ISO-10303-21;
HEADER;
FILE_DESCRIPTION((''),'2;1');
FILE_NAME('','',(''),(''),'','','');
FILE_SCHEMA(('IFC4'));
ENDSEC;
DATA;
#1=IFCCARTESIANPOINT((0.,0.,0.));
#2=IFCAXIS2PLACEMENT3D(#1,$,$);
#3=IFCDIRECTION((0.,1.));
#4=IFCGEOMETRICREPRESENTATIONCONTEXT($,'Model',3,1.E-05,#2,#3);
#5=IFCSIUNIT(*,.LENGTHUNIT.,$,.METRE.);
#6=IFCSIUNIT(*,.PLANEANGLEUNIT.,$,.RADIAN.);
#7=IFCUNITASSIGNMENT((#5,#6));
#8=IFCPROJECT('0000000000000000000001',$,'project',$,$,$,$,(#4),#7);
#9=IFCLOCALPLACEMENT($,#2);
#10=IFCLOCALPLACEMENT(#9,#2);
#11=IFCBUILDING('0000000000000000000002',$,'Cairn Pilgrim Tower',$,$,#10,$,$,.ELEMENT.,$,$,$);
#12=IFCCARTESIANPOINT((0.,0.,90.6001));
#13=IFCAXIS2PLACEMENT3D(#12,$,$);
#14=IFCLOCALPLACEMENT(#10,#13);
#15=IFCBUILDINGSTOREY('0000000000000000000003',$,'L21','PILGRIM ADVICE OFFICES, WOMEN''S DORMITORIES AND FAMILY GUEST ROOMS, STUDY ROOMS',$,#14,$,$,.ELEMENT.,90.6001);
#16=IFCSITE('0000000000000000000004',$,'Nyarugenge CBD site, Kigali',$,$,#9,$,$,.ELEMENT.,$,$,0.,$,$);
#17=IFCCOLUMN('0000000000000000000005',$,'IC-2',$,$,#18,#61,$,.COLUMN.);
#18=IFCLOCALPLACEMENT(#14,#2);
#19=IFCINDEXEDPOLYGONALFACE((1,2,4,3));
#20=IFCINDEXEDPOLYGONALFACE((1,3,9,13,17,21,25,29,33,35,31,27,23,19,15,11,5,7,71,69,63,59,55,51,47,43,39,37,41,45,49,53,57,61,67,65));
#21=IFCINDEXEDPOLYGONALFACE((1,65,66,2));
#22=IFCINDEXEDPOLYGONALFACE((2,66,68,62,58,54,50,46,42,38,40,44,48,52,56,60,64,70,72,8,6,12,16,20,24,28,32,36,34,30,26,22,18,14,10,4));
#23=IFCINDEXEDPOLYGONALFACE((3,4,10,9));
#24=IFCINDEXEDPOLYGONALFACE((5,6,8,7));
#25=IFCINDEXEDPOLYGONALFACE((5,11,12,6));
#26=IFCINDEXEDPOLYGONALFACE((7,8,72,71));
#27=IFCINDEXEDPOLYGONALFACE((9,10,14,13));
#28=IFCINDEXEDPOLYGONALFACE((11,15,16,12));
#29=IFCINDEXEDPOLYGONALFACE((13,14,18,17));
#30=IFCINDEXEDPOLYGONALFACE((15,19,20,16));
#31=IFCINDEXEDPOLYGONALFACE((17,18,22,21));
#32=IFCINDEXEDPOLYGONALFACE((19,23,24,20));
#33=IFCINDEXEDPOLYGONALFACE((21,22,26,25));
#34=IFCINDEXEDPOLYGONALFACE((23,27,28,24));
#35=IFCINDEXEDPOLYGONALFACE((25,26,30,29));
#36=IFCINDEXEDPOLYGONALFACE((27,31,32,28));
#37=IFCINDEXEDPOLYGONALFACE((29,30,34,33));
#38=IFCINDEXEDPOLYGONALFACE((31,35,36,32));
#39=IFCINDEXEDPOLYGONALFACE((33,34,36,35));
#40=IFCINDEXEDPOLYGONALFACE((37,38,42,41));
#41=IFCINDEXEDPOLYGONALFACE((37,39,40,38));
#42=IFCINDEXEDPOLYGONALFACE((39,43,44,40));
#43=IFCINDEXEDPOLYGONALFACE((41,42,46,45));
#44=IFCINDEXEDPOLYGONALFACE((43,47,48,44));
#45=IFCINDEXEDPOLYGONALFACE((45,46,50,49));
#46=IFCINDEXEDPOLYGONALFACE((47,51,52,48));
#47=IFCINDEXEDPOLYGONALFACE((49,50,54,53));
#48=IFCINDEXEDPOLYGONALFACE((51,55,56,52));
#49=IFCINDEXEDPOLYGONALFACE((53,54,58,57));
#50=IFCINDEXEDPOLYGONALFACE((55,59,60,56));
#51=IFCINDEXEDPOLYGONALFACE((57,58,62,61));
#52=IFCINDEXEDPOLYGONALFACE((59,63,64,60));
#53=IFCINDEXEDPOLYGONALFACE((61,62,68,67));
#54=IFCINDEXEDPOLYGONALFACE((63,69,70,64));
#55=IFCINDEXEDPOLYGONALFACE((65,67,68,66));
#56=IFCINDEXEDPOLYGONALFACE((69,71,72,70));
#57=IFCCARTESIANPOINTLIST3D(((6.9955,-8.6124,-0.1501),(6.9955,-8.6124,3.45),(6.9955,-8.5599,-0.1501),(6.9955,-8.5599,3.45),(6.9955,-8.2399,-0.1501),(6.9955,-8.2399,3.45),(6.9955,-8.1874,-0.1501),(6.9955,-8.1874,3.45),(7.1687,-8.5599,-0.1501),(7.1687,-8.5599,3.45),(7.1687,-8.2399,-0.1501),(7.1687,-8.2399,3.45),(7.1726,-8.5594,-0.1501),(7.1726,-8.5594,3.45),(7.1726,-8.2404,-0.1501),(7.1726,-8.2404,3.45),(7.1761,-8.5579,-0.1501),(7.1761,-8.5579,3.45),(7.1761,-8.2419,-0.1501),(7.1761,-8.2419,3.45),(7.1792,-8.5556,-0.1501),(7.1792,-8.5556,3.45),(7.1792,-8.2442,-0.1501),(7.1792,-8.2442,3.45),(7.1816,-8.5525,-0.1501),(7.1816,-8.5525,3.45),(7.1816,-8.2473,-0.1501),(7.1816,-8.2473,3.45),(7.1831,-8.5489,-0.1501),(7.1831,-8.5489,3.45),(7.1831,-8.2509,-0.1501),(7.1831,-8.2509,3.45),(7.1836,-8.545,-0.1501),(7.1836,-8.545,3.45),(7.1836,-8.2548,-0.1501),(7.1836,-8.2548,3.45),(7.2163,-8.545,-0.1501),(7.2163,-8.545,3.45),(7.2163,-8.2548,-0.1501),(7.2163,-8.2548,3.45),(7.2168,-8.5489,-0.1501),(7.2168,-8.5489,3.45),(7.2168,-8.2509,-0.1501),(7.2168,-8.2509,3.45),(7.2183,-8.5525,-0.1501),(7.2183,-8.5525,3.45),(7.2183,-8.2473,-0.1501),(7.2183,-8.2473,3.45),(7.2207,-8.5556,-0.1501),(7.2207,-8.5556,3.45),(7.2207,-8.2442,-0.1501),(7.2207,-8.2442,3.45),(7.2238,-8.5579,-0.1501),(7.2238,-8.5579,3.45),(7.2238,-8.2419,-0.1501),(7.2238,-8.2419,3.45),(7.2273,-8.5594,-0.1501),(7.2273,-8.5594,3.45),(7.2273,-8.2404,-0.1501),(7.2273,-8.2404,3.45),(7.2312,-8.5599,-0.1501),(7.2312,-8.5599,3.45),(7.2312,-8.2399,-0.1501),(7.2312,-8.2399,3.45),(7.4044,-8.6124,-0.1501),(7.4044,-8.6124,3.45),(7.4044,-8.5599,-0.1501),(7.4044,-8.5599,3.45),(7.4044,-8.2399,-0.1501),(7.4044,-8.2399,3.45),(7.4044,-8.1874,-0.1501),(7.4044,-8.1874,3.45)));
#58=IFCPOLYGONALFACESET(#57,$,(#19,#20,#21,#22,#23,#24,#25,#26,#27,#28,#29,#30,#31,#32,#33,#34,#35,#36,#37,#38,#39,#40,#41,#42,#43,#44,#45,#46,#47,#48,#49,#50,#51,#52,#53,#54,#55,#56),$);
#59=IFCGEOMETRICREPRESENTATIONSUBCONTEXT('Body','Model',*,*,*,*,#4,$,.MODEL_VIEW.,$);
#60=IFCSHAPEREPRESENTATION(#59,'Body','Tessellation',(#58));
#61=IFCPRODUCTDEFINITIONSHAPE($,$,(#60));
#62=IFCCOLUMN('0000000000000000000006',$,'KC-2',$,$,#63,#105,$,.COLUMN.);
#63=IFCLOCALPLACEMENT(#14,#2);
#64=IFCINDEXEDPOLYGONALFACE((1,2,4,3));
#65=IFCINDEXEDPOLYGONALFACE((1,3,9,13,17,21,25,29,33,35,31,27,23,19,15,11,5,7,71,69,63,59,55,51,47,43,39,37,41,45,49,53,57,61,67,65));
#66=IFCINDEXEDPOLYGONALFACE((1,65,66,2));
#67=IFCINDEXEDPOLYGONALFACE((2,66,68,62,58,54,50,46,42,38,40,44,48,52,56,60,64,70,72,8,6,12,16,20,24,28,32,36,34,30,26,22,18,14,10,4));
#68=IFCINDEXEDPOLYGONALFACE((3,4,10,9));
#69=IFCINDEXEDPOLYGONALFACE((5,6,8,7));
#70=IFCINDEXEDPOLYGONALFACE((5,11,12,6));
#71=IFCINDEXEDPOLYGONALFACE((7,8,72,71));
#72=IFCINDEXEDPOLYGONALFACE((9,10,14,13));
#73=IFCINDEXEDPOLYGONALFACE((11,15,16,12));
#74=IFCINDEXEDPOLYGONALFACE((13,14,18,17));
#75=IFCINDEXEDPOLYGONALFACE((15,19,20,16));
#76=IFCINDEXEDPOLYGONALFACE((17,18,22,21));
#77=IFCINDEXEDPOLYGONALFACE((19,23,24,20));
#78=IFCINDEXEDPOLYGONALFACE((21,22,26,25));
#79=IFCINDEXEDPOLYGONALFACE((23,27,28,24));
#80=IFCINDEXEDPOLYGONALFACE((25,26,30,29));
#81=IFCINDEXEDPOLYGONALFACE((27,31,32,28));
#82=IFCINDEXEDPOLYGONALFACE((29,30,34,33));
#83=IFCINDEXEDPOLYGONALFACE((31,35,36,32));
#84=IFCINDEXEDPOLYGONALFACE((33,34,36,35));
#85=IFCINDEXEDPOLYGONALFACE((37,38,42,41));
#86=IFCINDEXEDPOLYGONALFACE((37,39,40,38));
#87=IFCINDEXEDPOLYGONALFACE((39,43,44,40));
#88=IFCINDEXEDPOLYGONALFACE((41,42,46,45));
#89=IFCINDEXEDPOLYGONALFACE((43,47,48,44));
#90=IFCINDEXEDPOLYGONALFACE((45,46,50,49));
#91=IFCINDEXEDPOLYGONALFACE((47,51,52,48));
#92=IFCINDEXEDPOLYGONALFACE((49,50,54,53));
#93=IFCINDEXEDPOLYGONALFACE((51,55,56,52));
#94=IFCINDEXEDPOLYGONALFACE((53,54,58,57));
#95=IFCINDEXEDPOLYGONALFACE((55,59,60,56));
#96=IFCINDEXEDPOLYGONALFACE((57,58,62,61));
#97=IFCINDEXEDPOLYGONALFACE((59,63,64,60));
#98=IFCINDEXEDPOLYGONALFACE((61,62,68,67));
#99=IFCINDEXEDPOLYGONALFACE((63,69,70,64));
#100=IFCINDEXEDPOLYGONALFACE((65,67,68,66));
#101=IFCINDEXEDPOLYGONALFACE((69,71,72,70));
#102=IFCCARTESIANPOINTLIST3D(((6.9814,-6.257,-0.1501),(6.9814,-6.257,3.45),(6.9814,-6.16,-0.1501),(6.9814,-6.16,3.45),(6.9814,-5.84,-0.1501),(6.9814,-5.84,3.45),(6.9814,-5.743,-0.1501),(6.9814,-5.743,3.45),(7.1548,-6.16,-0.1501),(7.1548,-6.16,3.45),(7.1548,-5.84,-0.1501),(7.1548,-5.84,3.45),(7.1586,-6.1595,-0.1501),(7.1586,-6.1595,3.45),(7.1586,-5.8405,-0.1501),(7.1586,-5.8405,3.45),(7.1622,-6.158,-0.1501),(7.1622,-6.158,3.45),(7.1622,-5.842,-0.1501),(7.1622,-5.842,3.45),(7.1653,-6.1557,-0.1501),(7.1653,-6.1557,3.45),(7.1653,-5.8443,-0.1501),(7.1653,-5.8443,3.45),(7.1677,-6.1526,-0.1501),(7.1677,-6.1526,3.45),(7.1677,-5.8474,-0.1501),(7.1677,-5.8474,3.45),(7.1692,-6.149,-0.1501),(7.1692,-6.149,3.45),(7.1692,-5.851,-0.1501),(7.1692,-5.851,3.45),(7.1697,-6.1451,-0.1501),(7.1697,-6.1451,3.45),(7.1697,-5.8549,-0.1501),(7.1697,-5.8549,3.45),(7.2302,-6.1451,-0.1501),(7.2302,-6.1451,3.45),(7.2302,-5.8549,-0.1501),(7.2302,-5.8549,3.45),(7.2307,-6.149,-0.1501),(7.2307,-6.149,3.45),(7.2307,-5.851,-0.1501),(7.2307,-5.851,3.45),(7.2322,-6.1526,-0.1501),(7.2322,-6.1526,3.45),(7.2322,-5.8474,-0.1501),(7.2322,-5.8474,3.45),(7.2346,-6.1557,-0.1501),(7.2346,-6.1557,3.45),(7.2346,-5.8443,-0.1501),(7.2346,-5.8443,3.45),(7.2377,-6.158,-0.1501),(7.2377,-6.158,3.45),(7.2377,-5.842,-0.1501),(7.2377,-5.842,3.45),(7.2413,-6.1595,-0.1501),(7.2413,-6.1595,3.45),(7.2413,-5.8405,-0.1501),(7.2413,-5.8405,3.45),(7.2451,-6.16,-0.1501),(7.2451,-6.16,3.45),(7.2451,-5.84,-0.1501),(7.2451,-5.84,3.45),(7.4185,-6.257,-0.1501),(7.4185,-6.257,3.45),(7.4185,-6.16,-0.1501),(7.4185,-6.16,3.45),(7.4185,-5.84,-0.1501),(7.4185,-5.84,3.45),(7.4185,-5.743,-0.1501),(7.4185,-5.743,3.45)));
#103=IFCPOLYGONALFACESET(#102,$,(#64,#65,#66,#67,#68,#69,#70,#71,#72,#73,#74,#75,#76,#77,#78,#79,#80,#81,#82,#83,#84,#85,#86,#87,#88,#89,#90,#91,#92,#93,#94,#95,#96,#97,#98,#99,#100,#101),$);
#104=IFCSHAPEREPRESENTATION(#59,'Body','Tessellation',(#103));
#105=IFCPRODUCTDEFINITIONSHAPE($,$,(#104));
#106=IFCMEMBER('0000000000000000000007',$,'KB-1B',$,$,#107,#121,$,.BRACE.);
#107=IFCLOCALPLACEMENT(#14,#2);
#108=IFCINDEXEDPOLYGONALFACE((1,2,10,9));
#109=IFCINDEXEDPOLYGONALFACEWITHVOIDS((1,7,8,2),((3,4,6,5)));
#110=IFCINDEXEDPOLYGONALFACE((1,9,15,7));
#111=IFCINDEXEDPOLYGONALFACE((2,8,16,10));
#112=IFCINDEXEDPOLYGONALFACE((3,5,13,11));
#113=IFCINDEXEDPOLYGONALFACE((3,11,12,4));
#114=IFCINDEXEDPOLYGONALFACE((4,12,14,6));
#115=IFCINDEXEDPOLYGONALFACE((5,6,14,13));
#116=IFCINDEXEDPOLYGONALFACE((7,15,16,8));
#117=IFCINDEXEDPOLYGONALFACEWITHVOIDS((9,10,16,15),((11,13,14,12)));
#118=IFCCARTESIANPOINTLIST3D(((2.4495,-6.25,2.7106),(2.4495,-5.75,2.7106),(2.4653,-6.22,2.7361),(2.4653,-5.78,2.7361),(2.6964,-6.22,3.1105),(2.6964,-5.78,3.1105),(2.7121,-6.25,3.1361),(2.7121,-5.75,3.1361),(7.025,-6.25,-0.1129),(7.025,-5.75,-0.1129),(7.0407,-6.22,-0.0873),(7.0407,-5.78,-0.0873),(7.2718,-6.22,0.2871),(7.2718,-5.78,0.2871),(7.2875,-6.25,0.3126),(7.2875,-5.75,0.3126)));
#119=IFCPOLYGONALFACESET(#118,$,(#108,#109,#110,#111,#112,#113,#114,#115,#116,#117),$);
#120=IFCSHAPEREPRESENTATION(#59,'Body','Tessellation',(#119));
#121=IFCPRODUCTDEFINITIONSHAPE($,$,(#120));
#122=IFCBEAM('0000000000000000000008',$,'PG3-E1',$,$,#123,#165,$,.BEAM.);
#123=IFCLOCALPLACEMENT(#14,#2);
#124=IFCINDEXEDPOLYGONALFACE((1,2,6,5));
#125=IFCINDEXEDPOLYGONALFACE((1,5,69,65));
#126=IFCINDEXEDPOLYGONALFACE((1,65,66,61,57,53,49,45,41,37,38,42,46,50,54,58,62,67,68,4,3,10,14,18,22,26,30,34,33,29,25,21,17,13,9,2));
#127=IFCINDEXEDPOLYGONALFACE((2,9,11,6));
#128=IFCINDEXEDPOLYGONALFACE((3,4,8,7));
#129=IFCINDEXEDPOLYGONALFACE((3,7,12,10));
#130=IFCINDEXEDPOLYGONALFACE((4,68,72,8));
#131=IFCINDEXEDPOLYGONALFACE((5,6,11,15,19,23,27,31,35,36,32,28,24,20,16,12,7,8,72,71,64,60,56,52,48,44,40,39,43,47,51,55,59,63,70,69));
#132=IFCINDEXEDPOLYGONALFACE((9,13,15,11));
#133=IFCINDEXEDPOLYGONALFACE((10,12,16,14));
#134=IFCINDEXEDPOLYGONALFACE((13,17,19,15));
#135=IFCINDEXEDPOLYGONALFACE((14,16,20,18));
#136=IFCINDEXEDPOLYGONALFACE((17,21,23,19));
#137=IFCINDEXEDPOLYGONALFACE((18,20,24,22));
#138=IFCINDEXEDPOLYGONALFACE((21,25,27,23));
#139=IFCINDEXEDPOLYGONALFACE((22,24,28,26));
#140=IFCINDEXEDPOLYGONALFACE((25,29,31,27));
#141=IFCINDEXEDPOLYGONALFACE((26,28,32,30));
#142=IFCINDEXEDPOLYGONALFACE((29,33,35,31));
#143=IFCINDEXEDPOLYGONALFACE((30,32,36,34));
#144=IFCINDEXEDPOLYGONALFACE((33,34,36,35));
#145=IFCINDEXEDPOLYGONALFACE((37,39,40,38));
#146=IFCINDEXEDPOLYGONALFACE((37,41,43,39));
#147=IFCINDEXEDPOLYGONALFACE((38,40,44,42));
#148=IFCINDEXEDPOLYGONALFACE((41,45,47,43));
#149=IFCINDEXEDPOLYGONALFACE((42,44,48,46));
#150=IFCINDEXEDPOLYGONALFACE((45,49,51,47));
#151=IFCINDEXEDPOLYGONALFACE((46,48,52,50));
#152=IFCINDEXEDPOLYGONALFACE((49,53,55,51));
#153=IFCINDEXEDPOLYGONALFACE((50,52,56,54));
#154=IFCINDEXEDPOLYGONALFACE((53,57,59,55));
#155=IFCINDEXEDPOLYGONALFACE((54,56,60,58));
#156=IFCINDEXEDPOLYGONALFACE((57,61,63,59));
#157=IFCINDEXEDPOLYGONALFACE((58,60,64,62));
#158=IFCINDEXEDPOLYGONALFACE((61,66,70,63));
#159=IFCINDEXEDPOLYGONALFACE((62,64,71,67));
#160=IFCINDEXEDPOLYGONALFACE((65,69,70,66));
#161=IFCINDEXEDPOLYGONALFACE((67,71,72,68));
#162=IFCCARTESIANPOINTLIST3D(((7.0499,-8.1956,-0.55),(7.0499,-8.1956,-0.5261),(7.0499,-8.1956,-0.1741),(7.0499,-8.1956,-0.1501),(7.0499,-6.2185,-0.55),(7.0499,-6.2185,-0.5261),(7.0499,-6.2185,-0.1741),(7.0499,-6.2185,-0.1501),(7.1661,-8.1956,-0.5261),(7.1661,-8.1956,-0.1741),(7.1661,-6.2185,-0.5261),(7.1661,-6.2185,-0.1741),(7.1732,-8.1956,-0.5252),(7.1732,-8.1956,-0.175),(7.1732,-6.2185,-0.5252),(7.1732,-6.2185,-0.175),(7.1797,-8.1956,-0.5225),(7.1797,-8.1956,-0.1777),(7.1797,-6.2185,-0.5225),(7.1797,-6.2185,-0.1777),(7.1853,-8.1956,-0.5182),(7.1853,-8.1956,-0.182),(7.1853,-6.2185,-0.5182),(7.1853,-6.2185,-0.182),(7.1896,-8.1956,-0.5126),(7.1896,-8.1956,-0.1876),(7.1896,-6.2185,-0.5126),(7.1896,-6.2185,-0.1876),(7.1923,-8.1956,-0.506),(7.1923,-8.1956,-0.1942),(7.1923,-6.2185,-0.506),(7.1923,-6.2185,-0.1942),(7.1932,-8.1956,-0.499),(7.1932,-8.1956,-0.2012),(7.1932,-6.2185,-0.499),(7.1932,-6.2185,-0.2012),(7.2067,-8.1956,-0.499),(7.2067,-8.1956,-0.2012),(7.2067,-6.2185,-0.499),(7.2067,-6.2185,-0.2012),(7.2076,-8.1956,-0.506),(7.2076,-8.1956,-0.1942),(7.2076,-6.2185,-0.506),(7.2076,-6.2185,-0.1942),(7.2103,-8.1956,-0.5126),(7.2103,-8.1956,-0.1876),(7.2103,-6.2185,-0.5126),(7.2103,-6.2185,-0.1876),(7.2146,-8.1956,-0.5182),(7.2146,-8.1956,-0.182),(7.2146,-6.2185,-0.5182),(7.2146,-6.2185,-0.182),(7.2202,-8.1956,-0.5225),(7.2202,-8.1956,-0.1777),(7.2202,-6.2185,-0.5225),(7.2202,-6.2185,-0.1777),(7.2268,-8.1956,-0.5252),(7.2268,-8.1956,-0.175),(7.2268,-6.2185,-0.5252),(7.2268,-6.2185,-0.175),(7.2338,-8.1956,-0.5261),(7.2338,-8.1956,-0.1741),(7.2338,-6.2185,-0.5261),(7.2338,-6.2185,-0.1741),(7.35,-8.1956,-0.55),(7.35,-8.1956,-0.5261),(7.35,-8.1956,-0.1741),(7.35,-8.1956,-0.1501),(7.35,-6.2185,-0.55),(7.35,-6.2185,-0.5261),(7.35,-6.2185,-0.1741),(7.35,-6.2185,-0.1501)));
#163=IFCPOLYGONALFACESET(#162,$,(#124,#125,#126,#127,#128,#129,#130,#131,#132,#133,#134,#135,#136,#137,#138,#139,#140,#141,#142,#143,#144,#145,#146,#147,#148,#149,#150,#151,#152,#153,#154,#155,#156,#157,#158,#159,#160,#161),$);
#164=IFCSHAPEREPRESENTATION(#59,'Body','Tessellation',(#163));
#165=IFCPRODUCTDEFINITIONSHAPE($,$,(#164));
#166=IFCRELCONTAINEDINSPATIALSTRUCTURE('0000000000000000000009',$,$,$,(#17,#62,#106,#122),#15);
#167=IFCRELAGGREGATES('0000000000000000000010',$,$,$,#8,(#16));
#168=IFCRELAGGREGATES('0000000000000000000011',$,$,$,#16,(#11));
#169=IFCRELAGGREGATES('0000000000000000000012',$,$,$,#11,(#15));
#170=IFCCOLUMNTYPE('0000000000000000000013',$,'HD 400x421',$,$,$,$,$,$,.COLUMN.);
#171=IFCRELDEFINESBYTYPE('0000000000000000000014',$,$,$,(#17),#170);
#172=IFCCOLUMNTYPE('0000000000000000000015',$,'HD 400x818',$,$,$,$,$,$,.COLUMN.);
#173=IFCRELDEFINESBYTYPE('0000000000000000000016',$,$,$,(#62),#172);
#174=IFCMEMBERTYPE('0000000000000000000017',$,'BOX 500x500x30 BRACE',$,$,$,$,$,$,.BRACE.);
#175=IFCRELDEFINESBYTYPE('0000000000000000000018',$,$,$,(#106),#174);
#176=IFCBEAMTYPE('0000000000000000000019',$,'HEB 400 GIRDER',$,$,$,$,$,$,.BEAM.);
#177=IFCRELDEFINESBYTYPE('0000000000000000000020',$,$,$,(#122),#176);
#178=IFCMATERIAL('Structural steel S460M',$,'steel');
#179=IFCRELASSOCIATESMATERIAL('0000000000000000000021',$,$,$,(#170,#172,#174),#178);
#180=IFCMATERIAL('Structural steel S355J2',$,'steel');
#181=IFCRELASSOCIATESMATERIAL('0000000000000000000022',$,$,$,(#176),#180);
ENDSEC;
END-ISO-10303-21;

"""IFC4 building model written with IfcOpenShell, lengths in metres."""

from ifc_helpers import new_model, si_unit, direction, frame, origin, origin_2d, place, context, subcontext, project, spatial, hollow_rectangle, i_section, extrude, material, material_profile, profile_set, type_object, element, save


model = new_model("IFC4")

# Units and contexts
model_context = context("Model", 3, precision=1e-05, world=origin(), true_north=direction((0.0, 1.0)))
body_context = subcontext(model_context, "Body", "Model", "MODEL_VIEW")
ifc_project = project(units=[si_unit("LENGTHUNIT", "METRE"), si_unit("PLANEANGLEUNIT", "RADIAN")], contexts=[model_context])

# Site, building, storey
site_placement = place(None, origin())
site = spatial("IfcSite", under=ifc_project, at=site_placement, Name="Nyarugenge CBD site, Kigali", CompositionType="ELEMENT", RefElevation=0.0)
building_placement = place(site_placement, origin())
building = spatial("IfcBuilding", under=site, at=building_placement, Name="Cairn Pilgrim Tower", CompositionType="ELEMENT")
storey_placement = place(building_placement, frame((0.0, 0.0, 90.6001)))
storey = spatial("IfcBuildingStorey", under=building, at=storey_placement, Name="L21", Description="PILGRIM ADVICE OFFICES, WOMEN'S DORMITORIES AND FAMILY GUEST ROOMS, STUDY ROOMS", CompositionType="ELEMENT", Elevation=90.6001)

# Columns
ifc_material_1 = material(Name="Structural steel S460M", Category="steel")
ifc_material_profile_1 = material_profile(ifc_material_1, i_section(OverallWidth=0.4089, OverallDepth=0.425, WebThickness=0.0327, FlangeThickness=0.0525, FilletRadius=0.0149, at=origin_2d()), Name="HD 400x421")
ifc_profile_set_1 = profile_set([ifc_material_profile_1], Name="Structural steel S460M")
column_type_1 = type_object("IfcColumnType", Name="HD 400x421", PredefinedType="COLUMN", material=ifc_profile_set_1)
column_1_placement = place(storey_placement, frame((7.2, -8.3999, -0.1501), z_axis=(0.0, 0.0, 1.0), x_axis=(1.0, 0.0, 0.0)))
element("IfcColumn", 1, at=column_1_placement, inside=storey, type_object=column_type_1, Name="IC-2", PredefinedType="COLUMN", context=body_context, shape_type="SweptSolid", body=[
    extrude(i_section(OverallWidth=0.4089, OverallDepth=0.425, WebThickness=0.0327, FlangeThickness=0.0525, FilletRadius=0.0149, at=origin_2d()), origin(), (0.0, 0.0, 1.0), 3.6001),
])
ifc_material_profile_2 = material_profile(ifc_material_1, i_section(OverallWidth=0.437, OverallDepth=0.5139, WebThickness=0.0605, FlangeThickness=0.0969, FilletRadius=0.0149, at=origin_2d()), Name="HD 400x818")
ifc_profile_set_2 = profile_set([ifc_material_profile_2], Name="Structural steel S460M")
column_type_2 = type_object("IfcColumnType", Name="HD 400x818", PredefinedType="COLUMN", material=ifc_profile_set_2)
column_2_placement = place(storey_placement, frame((7.2, -6.0, -0.1501), z_axis=(0.0, 0.0, 1.0), x_axis=(1.0, 0.0, 0.0)))
element("IfcColumn", 2, at=column_2_placement, inside=storey, type_object=column_type_2, Name="KC-2", PredefinedType="COLUMN", context=body_context, shape_type="SweptSolid", body=[
    extrude(i_section(OverallWidth=0.437, OverallDepth=0.5139, WebThickness=0.0605, FlangeThickness=0.0969, FilletRadius=0.0149, at=origin_2d()), origin(), (0.0, 0.0, 1.0), 3.6001),
])

# Member
ifc_material_profile_3 = material_profile(ifc_material_1, hollow_rectangle(XDim=0.5, YDim=0.5, WallThickness=0.03, at=origin_2d()), Name="BOX 500x500x30")
ifc_profile_set_3 = profile_set([ifc_material_profile_3], Name="Structural steel S460M")
member_type = type_object("IfcMemberType", Name="BOX 500x500x30 BRACE", PredefinedType="BRACE", material=ifc_profile_set_3)
member_placement = place(storey_placement, frame((7.1562, -6.0, 0.0999), z_axis=(-0.851008, 0.0, 0.525154), x_axis=(0.0, -1.0, 0.0)))
element("IfcMember", 3, at=member_placement, inside=storey, type_object=member_type, Name="KB-1B", PredefinedType="BRACE", context=body_context, shape_type="SweptSolid", body=[
    extrude(hollow_rectangle(XDim=0.5, YDim=0.5, WallThickness=0.03, at=origin_2d()), origin(), (0.0, 0.0, 1.0), 5.3765),
])

# Beam
ifc_material_2 = material(Name="Structural steel S355J2", Category="steel")
ifc_material_profile_4 = material_profile(ifc_material_2, i_section(OverallWidth=0.3, OverallDepth=0.3999, WebThickness=0.0134, FlangeThickness=0.0239, FilletRadius=0.0271, at=origin_2d()), Name="HEB 400")
ifc_profile_set_4 = profile_set([ifc_material_profile_4], Name="Structural steel S355J2")
beam_type_1 = type_object("IfcBeamType", Name="HEB 400 GIRDER", PredefinedType="BEAM", material=ifc_profile_set_4)
beam_1_placement = place(storey_placement, frame((7.2, -8.1956, -0.3501), z_axis=(0.0, 1.0, 0.0), x_axis=(-1.0, 0.0, 0.0)))
element("IfcBeam", 4, at=beam_1_placement, inside=storey, type_object=beam_type_1, Name="PG3-E1", PredefinedType="BEAM", context=body_context, shape_type="SweptSolid", body=[
    extrude(i_section(OverallWidth=0.3, OverallDepth=0.3999, WebThickness=0.0134, FlangeThickness=0.0239, FilletRadius=0.0271, at=origin_2d()), origin(), (0.0, 0.0, 1.0), 1.9771),
])

save(model, "model.ifc")
